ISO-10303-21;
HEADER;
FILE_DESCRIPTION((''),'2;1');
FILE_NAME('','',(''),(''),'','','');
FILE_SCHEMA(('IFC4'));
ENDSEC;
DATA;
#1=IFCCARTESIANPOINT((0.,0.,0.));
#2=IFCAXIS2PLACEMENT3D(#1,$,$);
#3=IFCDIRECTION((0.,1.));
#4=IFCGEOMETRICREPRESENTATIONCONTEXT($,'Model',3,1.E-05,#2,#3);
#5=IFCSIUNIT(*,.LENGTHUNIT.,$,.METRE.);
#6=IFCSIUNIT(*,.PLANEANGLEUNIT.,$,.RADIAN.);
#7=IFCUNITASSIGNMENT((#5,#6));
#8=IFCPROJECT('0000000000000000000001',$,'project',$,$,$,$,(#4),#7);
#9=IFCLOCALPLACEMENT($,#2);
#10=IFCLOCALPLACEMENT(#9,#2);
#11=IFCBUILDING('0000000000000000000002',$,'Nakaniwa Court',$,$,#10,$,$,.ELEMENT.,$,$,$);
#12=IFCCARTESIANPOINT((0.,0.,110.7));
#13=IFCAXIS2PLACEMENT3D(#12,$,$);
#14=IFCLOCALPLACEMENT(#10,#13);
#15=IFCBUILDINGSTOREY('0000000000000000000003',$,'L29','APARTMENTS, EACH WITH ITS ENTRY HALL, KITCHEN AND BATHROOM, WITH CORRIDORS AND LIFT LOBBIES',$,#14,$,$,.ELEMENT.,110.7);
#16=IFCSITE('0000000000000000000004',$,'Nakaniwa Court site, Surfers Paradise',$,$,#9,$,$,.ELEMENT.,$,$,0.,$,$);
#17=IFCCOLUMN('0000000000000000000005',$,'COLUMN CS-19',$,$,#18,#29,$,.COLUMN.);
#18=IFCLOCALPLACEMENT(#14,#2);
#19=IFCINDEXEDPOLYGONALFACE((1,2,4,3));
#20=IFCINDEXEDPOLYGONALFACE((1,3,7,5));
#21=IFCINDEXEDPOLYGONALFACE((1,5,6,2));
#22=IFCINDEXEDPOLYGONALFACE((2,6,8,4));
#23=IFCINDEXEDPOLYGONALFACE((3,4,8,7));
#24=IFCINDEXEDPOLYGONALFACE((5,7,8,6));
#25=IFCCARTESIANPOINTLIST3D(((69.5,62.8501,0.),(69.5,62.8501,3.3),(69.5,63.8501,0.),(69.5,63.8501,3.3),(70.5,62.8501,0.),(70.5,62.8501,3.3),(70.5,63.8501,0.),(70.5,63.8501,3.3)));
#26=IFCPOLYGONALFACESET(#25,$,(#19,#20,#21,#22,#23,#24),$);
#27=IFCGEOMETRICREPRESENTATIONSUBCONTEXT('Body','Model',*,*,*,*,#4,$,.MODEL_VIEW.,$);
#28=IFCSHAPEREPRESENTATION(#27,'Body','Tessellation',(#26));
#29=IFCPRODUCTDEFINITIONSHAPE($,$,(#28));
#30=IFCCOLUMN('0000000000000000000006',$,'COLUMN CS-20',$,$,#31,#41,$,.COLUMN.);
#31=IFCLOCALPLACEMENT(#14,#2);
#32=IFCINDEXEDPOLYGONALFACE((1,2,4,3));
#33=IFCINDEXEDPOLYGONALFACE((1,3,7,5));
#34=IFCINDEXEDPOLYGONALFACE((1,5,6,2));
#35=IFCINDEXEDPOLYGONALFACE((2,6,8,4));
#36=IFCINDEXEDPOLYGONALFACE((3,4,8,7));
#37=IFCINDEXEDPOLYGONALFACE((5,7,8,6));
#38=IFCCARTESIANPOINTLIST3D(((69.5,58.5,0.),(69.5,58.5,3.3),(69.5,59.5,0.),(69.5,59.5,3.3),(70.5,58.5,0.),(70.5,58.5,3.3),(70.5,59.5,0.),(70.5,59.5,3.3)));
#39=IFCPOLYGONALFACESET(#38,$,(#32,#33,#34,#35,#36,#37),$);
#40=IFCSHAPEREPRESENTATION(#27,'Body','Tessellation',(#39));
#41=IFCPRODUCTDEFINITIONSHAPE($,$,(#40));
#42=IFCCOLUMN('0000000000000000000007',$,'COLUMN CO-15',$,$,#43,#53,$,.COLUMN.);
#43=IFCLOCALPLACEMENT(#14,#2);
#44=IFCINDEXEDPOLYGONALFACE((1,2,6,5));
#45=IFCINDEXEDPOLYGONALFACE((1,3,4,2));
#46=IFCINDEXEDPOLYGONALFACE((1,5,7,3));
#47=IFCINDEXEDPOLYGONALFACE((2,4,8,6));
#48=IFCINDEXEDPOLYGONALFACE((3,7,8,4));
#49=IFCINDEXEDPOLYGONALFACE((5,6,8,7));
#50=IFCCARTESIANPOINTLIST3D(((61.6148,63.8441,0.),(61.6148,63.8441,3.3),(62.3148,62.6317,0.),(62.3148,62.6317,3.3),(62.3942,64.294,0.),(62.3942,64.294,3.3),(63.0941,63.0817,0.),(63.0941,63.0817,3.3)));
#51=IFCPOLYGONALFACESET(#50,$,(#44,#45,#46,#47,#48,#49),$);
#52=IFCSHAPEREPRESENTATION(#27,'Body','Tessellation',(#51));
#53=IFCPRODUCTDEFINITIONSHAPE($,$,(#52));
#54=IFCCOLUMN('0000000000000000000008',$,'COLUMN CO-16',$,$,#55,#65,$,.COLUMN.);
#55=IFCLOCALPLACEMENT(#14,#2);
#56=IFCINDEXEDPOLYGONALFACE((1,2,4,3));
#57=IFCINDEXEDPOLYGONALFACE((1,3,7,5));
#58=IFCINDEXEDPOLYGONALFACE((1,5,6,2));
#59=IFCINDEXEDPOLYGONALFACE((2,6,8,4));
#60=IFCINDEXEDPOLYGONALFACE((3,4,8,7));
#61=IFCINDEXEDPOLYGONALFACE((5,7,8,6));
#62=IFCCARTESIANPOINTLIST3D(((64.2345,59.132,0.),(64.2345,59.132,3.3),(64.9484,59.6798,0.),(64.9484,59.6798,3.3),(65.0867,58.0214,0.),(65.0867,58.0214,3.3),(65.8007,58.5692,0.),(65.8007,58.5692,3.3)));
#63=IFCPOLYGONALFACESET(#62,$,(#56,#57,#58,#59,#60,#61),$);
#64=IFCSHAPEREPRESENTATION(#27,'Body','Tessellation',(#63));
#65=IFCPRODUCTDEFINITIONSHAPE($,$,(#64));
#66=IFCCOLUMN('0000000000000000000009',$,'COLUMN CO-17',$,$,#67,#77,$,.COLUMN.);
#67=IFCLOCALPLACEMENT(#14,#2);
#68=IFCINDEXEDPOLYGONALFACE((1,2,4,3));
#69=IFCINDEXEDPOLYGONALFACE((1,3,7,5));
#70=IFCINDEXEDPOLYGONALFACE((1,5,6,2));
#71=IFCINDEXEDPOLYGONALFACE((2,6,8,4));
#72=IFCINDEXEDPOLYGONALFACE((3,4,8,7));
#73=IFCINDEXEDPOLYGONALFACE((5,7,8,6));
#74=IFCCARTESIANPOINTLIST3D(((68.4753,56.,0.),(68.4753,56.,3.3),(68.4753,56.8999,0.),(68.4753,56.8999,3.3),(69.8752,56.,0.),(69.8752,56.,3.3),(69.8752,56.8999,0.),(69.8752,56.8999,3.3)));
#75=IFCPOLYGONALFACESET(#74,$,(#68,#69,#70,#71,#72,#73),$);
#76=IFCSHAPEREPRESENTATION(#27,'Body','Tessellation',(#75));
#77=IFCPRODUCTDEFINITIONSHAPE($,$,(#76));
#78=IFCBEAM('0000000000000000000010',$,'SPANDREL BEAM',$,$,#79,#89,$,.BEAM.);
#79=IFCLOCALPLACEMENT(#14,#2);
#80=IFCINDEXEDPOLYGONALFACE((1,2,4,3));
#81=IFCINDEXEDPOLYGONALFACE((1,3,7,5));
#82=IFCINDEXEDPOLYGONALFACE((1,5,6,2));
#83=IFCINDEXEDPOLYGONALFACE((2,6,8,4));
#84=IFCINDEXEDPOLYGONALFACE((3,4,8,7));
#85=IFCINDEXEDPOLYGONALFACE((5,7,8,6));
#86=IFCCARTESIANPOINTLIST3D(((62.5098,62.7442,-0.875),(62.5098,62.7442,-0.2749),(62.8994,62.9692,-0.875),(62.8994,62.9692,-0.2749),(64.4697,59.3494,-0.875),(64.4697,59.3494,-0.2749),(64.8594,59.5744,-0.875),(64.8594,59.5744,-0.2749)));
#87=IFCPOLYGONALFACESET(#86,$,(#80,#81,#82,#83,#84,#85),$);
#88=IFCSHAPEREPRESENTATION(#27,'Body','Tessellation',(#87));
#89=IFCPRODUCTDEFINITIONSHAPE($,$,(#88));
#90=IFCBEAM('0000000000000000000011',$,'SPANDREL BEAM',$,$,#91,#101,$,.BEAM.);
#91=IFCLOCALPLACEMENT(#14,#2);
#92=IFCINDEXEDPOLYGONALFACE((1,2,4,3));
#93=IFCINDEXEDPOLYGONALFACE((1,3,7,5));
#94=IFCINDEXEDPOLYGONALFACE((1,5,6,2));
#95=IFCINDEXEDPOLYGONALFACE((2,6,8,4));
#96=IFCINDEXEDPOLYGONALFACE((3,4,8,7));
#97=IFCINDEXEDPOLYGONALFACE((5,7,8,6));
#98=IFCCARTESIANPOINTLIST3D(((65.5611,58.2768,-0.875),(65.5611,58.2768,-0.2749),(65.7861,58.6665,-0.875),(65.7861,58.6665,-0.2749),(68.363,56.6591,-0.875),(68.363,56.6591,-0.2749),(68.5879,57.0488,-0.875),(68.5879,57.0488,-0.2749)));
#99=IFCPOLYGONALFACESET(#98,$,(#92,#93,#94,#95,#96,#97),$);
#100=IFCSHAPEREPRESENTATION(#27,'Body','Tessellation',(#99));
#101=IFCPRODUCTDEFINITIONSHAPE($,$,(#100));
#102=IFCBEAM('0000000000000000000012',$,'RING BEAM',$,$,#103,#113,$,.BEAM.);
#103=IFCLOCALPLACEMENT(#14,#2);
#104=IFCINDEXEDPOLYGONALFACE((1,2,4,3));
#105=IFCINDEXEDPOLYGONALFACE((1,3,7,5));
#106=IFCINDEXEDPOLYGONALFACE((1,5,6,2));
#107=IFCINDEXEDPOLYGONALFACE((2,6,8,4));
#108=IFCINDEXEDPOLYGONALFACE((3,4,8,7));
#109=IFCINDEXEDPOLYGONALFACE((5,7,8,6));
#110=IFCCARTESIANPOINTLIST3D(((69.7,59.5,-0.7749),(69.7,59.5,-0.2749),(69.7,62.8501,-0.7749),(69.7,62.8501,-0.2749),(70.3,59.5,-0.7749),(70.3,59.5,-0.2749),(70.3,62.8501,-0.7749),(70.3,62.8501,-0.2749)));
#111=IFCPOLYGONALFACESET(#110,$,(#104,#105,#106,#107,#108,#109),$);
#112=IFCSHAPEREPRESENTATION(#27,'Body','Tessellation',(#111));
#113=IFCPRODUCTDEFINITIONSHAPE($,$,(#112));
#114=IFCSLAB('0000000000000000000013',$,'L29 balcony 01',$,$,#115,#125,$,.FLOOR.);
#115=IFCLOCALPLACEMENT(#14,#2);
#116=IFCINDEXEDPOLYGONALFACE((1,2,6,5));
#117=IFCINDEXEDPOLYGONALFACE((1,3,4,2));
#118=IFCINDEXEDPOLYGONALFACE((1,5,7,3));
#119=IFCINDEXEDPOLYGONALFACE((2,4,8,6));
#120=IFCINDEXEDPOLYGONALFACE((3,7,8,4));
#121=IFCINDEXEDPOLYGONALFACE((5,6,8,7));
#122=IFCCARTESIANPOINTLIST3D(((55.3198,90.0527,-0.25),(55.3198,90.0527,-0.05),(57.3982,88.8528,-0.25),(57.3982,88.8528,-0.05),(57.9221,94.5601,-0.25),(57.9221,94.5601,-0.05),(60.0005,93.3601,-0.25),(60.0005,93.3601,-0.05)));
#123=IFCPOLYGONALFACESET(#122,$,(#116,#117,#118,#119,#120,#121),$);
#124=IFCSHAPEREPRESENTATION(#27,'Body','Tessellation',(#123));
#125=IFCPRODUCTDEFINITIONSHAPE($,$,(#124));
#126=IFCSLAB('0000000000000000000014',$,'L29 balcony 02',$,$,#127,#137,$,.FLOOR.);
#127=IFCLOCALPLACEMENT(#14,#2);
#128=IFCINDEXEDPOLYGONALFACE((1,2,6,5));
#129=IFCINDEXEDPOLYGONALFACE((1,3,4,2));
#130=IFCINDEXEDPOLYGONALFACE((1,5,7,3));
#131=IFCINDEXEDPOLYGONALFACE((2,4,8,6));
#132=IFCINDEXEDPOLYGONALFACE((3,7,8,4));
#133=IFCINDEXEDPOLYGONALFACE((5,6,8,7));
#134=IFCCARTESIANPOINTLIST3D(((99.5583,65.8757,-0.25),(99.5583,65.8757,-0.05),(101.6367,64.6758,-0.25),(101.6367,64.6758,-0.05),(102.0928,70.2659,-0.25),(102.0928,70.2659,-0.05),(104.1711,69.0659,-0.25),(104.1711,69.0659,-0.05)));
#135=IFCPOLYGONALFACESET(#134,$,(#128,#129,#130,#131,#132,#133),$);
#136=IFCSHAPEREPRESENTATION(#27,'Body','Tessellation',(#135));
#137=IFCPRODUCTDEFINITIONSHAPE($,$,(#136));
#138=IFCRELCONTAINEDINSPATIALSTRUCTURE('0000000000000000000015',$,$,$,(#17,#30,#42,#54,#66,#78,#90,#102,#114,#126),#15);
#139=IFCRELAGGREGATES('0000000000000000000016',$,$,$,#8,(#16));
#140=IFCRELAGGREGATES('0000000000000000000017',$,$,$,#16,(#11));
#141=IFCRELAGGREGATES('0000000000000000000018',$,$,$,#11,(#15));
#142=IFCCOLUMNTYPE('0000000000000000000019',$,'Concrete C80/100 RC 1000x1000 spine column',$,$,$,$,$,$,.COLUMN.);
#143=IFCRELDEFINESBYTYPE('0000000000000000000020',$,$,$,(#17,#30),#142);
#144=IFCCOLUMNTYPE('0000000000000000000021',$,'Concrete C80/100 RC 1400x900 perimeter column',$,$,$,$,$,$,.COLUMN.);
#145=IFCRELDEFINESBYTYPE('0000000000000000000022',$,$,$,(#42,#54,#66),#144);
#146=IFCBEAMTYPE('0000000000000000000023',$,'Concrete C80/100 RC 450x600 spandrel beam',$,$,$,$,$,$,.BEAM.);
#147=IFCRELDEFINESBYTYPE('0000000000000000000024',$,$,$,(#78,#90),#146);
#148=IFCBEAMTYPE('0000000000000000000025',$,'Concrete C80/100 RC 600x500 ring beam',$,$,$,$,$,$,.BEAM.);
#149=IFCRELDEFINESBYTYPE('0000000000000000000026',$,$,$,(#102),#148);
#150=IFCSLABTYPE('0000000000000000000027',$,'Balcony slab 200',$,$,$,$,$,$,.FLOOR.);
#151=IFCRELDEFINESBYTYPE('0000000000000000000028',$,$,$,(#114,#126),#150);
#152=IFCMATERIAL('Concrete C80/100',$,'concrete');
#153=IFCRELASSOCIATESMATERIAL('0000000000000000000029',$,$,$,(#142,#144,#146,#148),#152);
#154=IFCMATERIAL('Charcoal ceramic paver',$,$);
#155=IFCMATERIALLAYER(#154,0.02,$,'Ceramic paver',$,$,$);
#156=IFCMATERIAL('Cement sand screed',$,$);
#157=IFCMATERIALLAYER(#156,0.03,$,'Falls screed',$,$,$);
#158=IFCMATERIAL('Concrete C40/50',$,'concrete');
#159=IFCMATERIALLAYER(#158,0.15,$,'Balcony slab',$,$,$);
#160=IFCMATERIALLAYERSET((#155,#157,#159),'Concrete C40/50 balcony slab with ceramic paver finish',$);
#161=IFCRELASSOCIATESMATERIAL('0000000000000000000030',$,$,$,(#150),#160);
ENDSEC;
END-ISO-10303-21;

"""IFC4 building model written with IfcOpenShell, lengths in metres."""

from ifc_helpers import new_model, si_unit, direction, frame, origin, origin_2d, place, context, subcontext, project, spatial, polyline, rectangle, outline, extrude, material, layer, layer_set, material_profile, profile_set, type_object, element, save


model = new_model("IFC4")

# Units and contexts
model_context = context("Model", 3, precision=1e-05, world=origin(), true_north=direction((0.0, 1.0)))
body_context = subcontext(model_context, "Body", "Model", "MODEL_VIEW")
ifc_project = project(units=[si_unit("LENGTHUNIT", "METRE"), si_unit("PLANEANGLEUNIT", "RADIAN")], contexts=[model_context])

# Site, building, storey
site_placement = place(None, origin())
site = spatial("IfcSite", under=ifc_project, at=site_placement, Name="Nakaniwa Court site, Surfers Paradise", CompositionType="ELEMENT", RefElevation=0.0)
building_placement = place(site_placement, origin())
building = spatial("IfcBuilding", under=site, at=building_placement, Name="Nakaniwa Court", CompositionType="ELEMENT")
storey_placement = place(building_placement, frame((0.0, 0.0, 110.7)))
storey = spatial("IfcBuildingStorey", under=building, at=storey_placement, Name="L29", Description="APARTMENTS, EACH WITH ITS ENTRY HALL, KITCHEN AND BATHROOM, WITH CORRIDORS AND LIFT LOBBIES", CompositionType="ELEMENT", Elevation=110.7)

# Columns
ifc_material_1 = material(Name="Concrete C80/100", Category="concrete")
ifc_material_profile_1 = material_profile(ifc_material_1, rectangle(XDim=1.0, YDim=1.0, at=origin_2d()), Name="Concrete C80/100 RC 1000x1000 spine column")
ifc_profile_set_1 = profile_set([ifc_material_profile_1], Name="Concrete C80/100")
column_type_1 = type_object("IfcColumnType", Name="Concrete C80/100 RC 1000x1000 spine column", PredefinedType="COLUMN", material=ifc_profile_set_1)
for number, where, z_axis, x_axis, name in (
    (1, (70.0, 63.3501, 0.0), (0.0, 0.0, 1.0), (0.0, -1.0, 0.0), "COLUMN CS-19"),
    (2, (70.0, 59.0, 0.0), (0.0, 0.0, 1.0), (0.0, -1.0, 0.0), "COLUMN CS-20"),
):
    element("IfcColumn", number, at=place(storey_placement, frame(where, z_axis=z_axis, x_axis=x_axis)), inside=storey, type_object=column_type_1, Name=name, PredefinedType="COLUMN", context=body_context, shape_type="SweptSolid", body=[
        extrude(rectangle(XDim=1.0, YDim=1.0, at=origin_2d()), origin(), (0.0, 0.0, 1.0), 3.3),
    ])
ifc_material_profile_2 = material_profile(ifc_material_1, rectangle(XDim=1.3999, YDim=0.8999, at=origin_2d()), Name="Concrete C80/100 RC 1400x900 perimeter column")
ifc_profile_set_2 = profile_set([ifc_material_profile_2], Name="Concrete C80/100")
column_type_2 = type_object("IfcColumnType", Name="Concrete C80/100 RC 1400x900 perimeter column", PredefinedType="COLUMN", material=ifc_profile_set_2)
for number, where, z_axis, x_axis, name in (
    (3, (62.3545, 63.4629, 0.0), (0.0, 0.0, 1.0), (0.5, -0.866025, 0.0), "COLUMN CO-15"),
    (4, (65.0176, 58.8506, 0.0), (0.0, 0.0, 1.0), (0.608761, -0.793353, 0.0), "COLUMN CO-16"),
    (5, (69.1753, 56.45, 0.0), (0.0, 0.0, 1.0), (1.0, 0.0, 0.0), "COLUMN CO-17"),
):
    element("IfcColumn", number, at=place(storey_placement, frame(where, z_axis=z_axis, x_axis=x_axis)), inside=storey, type_object=column_type_2, Name=name, PredefinedType="COLUMN", context=body_context, shape_type="SweptSolid", body=[
        extrude(rectangle(XDim=1.3999, YDim=0.8999, at=origin_2d()), origin(), (0.0, 0.0, 1.0), 3.3),
    ])

# Beams
ifc_material_profile_3 = material_profile(ifc_material_1, rectangle(XDim=0.45, YDim=0.6001, at=origin_2d()), Name="Concrete C80/100 RC 450x600 spandrel beam")
ifc_profile_set_3 = profile_set([ifc_material_profile_3], Name="Concrete C80/100")
beam_type_1 = type_object("IfcBeamType", Name="Concrete C80/100 RC 450x600 spandrel beam", PredefinedType="BEAM", material=ifc_profile_set_3)
beam_1_placement = place(storey_placement, frame((62.7046, 62.8567, -0.575), z_axis=(0.499997, -0.866027, 0.0), x_axis=(0.866027, 0.499997, 0.0)))
element("IfcBeam", 6, at=beam_1_placement, inside=storey, type_object=beam_type_1, Name="SPANDREL BEAM", PredefinedType="BEAM", context=body_context, shape_type="SweptSolid", body=[
    extrude(rectangle(XDim=0.45, YDim=0.6001, at=origin_2d()), origin(), (0.0, 0.0, 1.0), 3.9199),
])
beam_2_placement = place(storey_placement, frame((65.6736, 58.4717, -0.575), z_axis=(0.866015, -0.500019, 0.0), x_axis=(0.500019, 0.866015, 0.0)))
element("IfcBeam", 7, at=beam_2_placement, inside=storey, type_object=beam_type_1, Name="SPANDREL BEAM", PredefinedType="BEAM", context=body_context, shape_type="SweptSolid", body=[
    extrude(rectangle(XDim=0.45, YDim=0.6001, at=origin_2d()), origin(), (0.0, 0.0, 1.0), 3.2354),
])
ifc_material_profile_4 = material_profile(ifc_material_1, rectangle(XDim=0.6001, YDim=0.5, at=origin_2d()), Name="Concrete C80/100 RC 600x500 ring beam")
ifc_profile_set_4 = profile_set([ifc_material_profile_4], Name="Concrete C80/100")
beam_type_2 = type_object("IfcBeamType", Name="Concrete C80/100 RC 600x500 ring beam", PredefinedType="BEAM", material=ifc_profile_set_4)
beam_3_placement = place(storey_placement, frame((70.0, 62.8501, -0.5249), z_axis=(0.0, -1.0, 0.0), x_axis=(1.0, 0.0, 0.0)))
element("IfcBeam", 8, at=beam_3_placement, inside=storey, type_object=beam_type_2, Name="RING BEAM", PredefinedType="BEAM", context=body_context, shape_type="SweptSolid", body=[
    extrude(rectangle(XDim=0.6001, YDim=0.5, at=origin_2d()), origin(), (0.0, 0.0, 1.0), 3.3501),
])

# Slabs
ifc_material_2 = material(Name="Charcoal ceramic paver")
ifc_layer_1 = layer(ifc_material_2, 0.02, Name="Ceramic paver")
ifc_material_3 = material(Name="Cement sand screed")
ifc_layer_2 = layer(ifc_material_3, 0.03, Name="Falls screed")
ifc_material_4 = material(Name="Concrete C40/50", Category="concrete")
ifc_layer_3 = layer(ifc_material_4, 0.15, Name="Balcony slab")
ifc_layer_set_1 = layer_set([ifc_layer_1, ifc_layer_2, ifc_layer_3], Name="Concrete C40/50 balcony slab with ceramic paver finish")
slab_type_1 = type_object("IfcSlabType", Name="Balcony slab 200", PredefinedType="FLOOR", material=ifc_layer_set_1)
slab_1_placement = place(storey_placement, frame((0.0, 0.0, -0.25)))
element("IfcSlab", 9, at=slab_1_placement, inside=storey, type_object=slab_type_1, Name="L29 balcony 01", PredefinedType="FLOOR", context=body_context, shape_type="SweptSolid", body=[
    extrude(outline(polyline([(60.0005, 93.3601), (57.3982, 88.8528), (55.3198, 90.0527), (57.9221, 94.5601), (60.0005, 93.3601)])), origin(), (0.0, 0.0, 1.0), 0.2),
])
slab_2_placement = place(storey_placement, frame((0.0, 0.0, -0.25)))
element("IfcSlab", 10, at=slab_2_placement, inside=storey, type_object=slab_type_1, Name="L29 balcony 02", PredefinedType="FLOOR", context=body_context, shape_type="SweptSolid", body=[
    extrude(outline(polyline([(99.5583, 65.8757), (102.0928, 70.2659), (104.1711, 69.0659), (101.6367, 64.6758), (99.5583, 65.8757)])), origin(), (0.0, 0.0, 1.0), 0.2),
])

save(model, "model.ifc")
